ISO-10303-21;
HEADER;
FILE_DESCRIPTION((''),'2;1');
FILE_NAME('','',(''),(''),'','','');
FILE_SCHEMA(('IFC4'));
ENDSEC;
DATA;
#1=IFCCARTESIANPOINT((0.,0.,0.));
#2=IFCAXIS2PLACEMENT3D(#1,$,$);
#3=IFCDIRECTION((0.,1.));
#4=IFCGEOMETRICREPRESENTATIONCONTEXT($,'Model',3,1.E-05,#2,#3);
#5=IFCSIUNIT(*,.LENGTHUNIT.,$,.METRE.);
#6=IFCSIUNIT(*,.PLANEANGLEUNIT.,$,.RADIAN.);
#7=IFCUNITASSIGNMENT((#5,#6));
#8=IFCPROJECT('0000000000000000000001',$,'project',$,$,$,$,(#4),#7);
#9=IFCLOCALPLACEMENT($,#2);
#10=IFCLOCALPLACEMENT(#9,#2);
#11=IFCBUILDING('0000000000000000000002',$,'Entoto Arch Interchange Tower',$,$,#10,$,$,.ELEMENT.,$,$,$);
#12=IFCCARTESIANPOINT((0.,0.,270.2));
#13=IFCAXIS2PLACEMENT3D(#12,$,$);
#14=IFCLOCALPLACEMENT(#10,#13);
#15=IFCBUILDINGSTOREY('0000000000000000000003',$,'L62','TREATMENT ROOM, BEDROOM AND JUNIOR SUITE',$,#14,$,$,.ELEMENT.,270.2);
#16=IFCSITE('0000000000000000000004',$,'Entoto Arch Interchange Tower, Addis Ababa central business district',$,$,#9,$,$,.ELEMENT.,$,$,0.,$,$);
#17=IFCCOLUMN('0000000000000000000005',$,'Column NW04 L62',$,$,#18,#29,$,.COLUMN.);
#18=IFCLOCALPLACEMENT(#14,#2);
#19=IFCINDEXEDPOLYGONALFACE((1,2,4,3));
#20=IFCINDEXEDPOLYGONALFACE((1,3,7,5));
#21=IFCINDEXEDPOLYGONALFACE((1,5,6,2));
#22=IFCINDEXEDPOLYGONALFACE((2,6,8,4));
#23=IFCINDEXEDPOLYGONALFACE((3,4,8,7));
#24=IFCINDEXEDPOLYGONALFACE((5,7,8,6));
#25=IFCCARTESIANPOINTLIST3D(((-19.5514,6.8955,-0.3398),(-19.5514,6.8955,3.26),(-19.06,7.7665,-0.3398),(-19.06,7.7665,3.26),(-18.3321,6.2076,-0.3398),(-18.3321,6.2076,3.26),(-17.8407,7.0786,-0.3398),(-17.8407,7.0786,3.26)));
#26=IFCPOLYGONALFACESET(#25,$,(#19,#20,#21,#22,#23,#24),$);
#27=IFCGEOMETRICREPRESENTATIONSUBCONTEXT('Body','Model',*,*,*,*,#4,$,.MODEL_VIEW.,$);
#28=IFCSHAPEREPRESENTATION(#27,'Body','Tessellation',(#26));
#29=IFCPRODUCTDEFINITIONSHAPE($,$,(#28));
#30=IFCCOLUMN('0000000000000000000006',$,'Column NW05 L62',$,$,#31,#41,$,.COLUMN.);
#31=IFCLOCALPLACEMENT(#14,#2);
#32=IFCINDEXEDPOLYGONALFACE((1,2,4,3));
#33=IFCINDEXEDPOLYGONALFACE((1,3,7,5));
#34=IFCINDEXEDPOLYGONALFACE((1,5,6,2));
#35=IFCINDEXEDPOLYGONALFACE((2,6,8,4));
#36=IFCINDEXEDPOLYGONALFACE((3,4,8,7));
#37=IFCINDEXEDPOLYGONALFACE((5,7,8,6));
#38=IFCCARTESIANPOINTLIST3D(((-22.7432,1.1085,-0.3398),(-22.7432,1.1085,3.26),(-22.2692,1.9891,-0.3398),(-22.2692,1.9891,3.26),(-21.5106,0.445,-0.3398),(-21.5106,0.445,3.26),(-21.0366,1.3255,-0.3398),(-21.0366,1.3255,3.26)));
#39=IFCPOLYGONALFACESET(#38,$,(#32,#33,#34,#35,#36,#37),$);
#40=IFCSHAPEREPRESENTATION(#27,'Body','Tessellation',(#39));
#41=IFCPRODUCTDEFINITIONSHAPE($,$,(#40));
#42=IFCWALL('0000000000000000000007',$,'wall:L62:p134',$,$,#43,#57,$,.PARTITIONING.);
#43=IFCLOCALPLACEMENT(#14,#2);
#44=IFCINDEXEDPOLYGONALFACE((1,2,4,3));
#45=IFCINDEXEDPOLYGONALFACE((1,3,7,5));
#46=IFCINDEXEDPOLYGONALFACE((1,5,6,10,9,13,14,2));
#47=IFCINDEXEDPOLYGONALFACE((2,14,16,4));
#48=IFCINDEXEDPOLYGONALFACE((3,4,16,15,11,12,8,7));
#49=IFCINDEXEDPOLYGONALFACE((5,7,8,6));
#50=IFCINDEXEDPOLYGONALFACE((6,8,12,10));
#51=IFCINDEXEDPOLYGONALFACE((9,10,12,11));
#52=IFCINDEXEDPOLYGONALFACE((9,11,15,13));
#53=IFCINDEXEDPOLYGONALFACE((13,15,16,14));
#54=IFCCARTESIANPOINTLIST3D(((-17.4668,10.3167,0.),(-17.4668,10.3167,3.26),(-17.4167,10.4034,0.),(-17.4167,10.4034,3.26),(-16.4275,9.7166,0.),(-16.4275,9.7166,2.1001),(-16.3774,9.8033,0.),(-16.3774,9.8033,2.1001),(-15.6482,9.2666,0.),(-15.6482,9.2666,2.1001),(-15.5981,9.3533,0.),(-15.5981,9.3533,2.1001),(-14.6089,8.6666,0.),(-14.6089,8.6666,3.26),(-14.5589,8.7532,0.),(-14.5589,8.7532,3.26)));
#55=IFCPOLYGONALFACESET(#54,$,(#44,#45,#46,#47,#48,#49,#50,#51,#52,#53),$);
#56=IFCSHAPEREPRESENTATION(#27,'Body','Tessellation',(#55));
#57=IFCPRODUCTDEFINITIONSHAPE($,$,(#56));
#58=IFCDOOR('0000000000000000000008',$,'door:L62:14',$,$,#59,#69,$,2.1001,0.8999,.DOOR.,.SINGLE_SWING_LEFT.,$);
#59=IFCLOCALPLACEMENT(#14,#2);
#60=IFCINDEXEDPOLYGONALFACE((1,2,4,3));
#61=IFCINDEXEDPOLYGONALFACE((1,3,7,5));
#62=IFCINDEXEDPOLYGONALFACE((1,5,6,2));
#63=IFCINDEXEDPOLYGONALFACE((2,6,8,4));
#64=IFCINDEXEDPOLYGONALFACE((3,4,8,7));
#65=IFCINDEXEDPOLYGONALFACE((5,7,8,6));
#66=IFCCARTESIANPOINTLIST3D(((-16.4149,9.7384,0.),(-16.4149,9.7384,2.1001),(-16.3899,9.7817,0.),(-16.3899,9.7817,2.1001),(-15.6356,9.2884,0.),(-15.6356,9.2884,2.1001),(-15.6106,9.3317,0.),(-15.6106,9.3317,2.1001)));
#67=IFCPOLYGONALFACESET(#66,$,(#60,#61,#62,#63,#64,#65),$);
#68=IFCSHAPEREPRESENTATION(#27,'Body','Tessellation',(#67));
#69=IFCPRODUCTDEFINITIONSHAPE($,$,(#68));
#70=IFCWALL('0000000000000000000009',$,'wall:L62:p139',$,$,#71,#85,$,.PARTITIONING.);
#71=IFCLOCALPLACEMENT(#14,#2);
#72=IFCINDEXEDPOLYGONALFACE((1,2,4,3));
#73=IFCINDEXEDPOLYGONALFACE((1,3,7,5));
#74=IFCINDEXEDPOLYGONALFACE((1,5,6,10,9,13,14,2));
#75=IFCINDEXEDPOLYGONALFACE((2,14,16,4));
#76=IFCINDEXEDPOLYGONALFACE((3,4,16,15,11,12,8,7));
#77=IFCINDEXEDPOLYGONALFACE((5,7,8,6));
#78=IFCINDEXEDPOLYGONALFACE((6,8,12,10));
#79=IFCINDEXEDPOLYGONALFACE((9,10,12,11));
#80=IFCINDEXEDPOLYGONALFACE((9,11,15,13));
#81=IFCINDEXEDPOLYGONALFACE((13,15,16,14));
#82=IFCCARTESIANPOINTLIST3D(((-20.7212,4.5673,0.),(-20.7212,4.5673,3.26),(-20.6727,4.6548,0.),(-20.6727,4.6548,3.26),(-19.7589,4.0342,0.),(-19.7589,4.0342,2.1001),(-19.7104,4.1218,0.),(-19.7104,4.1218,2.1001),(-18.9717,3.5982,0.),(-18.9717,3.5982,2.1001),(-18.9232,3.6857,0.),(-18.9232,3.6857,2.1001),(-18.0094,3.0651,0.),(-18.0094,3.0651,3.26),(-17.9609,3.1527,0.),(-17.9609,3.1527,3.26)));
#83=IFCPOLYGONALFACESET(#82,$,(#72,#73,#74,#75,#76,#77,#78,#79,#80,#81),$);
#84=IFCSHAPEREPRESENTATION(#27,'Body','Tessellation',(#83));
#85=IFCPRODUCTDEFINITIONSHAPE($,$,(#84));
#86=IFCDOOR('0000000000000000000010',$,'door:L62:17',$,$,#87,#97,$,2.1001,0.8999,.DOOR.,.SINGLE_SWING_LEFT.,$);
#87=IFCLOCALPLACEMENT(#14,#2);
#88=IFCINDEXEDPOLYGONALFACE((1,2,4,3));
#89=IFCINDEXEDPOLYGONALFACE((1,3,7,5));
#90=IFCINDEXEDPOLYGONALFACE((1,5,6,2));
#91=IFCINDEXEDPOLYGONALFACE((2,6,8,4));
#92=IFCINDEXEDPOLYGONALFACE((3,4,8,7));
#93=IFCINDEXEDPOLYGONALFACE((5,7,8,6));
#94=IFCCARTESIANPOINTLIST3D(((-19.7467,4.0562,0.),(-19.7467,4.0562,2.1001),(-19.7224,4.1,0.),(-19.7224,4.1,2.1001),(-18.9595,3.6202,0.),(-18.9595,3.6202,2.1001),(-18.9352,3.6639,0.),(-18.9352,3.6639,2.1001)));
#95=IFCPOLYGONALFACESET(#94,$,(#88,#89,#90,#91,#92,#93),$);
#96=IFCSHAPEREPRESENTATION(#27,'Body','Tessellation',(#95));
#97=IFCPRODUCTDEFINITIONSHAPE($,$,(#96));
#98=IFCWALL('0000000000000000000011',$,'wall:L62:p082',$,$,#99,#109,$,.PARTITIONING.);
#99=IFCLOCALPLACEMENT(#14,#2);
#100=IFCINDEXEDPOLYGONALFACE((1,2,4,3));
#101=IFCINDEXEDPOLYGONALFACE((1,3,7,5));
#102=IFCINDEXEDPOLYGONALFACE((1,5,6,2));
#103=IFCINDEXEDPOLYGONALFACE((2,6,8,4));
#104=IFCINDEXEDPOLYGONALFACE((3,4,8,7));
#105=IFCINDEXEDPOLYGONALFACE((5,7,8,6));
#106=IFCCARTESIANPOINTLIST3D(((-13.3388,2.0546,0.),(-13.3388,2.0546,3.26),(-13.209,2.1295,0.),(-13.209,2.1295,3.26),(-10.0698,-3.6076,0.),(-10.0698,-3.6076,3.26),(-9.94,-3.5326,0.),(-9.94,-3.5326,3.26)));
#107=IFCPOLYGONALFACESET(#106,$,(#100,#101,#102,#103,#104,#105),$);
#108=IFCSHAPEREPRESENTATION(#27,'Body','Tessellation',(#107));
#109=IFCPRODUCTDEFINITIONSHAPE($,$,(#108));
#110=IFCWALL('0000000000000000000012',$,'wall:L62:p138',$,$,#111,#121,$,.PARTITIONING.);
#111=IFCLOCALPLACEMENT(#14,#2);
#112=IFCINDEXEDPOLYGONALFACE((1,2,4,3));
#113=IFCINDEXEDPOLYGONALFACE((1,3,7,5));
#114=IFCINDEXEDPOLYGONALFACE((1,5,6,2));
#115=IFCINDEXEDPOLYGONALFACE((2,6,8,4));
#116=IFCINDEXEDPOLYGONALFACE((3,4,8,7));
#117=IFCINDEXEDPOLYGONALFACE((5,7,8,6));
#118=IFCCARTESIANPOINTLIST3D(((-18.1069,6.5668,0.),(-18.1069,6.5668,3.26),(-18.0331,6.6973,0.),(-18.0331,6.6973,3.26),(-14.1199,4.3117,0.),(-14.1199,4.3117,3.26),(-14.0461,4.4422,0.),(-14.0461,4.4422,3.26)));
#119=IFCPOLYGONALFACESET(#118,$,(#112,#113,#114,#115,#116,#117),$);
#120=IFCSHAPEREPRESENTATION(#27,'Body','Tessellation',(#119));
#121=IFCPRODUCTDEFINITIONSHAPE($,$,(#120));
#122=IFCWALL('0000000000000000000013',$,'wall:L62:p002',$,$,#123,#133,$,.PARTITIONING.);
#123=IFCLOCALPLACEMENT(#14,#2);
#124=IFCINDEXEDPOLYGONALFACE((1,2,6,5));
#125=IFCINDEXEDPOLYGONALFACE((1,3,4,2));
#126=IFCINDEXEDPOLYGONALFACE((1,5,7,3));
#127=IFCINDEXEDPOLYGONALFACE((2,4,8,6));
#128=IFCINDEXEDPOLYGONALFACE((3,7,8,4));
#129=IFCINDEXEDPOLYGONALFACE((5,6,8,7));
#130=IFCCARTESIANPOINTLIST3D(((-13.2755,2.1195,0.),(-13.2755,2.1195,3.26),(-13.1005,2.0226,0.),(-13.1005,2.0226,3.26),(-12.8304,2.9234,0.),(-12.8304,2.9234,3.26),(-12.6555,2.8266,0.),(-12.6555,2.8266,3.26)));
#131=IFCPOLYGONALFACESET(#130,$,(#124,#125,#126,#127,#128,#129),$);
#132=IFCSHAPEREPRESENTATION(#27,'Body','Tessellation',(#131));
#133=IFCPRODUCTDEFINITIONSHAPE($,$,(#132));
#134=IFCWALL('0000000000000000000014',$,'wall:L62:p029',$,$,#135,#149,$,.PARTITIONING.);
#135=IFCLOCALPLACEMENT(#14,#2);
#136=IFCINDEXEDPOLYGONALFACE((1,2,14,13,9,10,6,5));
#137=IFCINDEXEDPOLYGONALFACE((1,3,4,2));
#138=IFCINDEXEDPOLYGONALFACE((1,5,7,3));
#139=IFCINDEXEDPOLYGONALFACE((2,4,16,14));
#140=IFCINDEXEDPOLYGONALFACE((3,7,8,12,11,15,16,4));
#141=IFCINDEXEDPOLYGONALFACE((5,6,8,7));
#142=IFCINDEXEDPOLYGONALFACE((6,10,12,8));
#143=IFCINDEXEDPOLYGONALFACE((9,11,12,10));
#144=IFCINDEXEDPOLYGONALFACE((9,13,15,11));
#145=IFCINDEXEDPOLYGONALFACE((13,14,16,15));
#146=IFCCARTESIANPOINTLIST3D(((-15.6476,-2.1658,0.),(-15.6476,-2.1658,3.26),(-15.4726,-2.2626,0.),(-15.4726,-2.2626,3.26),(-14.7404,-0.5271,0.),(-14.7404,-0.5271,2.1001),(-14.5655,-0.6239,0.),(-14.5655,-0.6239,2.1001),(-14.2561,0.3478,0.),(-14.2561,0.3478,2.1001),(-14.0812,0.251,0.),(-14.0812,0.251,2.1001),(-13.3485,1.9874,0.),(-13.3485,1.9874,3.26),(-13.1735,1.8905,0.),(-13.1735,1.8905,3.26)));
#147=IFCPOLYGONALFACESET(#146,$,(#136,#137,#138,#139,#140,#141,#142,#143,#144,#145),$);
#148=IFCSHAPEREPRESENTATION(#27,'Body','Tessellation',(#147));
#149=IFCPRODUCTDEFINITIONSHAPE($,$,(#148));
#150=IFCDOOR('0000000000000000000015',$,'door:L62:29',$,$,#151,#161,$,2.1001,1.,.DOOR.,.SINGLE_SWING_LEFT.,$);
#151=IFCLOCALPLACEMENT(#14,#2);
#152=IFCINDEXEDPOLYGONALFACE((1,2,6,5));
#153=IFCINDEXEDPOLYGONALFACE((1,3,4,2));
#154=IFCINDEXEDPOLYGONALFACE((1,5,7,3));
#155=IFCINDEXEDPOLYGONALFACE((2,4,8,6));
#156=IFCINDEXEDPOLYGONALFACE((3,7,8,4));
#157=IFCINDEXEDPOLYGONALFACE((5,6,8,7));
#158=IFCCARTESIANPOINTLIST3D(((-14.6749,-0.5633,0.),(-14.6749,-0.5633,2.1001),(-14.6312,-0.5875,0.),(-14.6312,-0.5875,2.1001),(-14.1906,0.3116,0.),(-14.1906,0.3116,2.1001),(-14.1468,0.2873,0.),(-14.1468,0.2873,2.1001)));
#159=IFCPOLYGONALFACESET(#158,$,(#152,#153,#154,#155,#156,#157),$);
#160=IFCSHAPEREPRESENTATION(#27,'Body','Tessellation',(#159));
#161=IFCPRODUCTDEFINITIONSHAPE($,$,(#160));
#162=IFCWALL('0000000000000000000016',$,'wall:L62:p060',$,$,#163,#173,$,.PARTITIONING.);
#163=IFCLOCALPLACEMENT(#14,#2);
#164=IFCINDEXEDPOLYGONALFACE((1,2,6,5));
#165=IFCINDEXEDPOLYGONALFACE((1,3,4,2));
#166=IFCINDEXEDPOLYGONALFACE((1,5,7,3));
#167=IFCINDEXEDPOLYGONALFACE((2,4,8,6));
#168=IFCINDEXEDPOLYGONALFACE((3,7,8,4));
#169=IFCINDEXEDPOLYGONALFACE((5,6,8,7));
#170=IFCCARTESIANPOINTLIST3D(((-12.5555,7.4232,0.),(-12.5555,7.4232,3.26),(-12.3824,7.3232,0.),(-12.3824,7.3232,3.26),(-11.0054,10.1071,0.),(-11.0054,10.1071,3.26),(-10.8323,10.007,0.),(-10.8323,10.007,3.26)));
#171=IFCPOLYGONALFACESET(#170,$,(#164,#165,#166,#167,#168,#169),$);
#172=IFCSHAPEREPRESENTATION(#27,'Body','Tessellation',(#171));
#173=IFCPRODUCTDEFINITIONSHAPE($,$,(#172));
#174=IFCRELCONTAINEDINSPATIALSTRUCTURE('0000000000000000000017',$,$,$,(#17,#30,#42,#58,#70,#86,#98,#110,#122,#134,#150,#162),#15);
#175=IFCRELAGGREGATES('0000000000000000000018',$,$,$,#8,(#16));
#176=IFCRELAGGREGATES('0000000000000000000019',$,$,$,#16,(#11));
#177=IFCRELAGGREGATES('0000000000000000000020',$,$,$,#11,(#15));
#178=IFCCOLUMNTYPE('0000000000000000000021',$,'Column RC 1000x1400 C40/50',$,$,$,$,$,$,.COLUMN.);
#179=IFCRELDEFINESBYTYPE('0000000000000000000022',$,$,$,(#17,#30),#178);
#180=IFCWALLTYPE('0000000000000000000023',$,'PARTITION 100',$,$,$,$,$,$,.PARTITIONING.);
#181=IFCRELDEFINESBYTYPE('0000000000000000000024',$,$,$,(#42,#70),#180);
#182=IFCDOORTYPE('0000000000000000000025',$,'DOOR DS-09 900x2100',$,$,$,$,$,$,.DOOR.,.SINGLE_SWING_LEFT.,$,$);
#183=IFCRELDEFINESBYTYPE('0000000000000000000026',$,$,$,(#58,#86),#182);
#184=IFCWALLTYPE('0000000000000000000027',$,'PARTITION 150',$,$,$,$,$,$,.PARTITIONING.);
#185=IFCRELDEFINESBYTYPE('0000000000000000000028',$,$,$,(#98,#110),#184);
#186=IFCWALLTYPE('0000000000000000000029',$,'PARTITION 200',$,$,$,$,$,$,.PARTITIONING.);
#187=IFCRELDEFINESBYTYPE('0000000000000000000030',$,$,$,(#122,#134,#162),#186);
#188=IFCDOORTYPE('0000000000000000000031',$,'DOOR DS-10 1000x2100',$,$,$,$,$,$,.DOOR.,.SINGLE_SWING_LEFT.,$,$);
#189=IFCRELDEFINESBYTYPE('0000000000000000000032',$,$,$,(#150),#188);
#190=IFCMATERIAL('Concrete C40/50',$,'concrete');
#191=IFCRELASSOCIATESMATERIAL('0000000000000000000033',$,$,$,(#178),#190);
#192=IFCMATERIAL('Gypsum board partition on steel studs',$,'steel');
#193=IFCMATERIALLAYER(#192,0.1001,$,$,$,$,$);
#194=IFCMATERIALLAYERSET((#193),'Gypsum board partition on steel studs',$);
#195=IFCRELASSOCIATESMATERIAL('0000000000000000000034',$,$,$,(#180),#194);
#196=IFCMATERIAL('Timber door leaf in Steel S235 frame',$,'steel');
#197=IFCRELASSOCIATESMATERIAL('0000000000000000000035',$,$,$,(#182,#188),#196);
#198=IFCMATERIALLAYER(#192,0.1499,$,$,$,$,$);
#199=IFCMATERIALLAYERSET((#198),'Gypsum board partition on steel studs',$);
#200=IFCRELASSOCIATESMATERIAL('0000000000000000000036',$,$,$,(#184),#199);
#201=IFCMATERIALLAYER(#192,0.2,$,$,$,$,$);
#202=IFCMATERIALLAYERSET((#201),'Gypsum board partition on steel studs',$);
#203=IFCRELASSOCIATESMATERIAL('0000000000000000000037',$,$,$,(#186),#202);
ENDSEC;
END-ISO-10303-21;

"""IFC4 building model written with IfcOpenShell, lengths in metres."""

from ifc_helpers import new_model, si_unit, direction, frame, frame_2d, origin, origin_2d, place, context, subcontext, project, spatial, rectangle, extrude, material, layer, layer_set, material_profile, profile_set, type_object, element, fill, save


model = new_model("IFC4")

# Units and contexts
model_context = context("Model", 3, precision=1e-05, world=origin(), true_north=direction((0.0, 1.0)))
body_context = subcontext(model_context, "Body", "Model", "MODEL_VIEW")
ifc_project = project(units=[si_unit("LENGTHUNIT", "METRE"), si_unit("PLANEANGLEUNIT", "RADIAN")], contexts=[model_context])

# Site, building, storey
site_placement = place(None, origin())
site = spatial("IfcSite", under=ifc_project, at=site_placement, Name="Entoto Arch Interchange Tower, Addis Ababa central business district", CompositionType="ELEMENT", RefElevation=0.0)
building_placement = place(site_placement, origin())
building = spatial("IfcBuilding", under=site, at=building_placement, Name="Entoto Arch Interchange Tower", CompositionType="ELEMENT")
storey_placement = place(building_placement, frame((0.0, 0.0, 270.2)))
storey = spatial("IfcBuildingStorey", under=building, at=storey_placement, Name="L62", Description="TREATMENT ROOM, BEDROOM AND JUNIOR SUITE", CompositionType="ELEMENT", Elevation=270.2)

# Columns
ifc_material_1 = material(Name="Concrete C40/50", Category="concrete")
ifc_material_profile = material_profile(ifc_material_1, rectangle(XDim=1.0, YDim=1.3999, at=origin_2d()))
ifc_profile_set = profile_set([ifc_material_profile], Name="Concrete C40/50")
column_type = type_object("IfcColumnType", Name="Column RC 1000x1400 C40/50", PredefinedType="COLUMN", material=ifc_profile_set)
for number, where, z_axis, x_axis, name in (
    (1, (-18.696, 6.9871, -0.3398), (0.0, 0.0, 1.0), (0.491375, 0.870948, 0.0), "Column NW04 L62"),
    (2, (-21.8899, 1.217, -0.3398), (0.0, 0.0, 1.0), (0.473981, 0.880535, 0.0), "Column NW05 L62"),
):
    element("IfcColumn", number, at=place(storey_placement, frame(where, z_axis=z_axis, x_axis=x_axis)), inside=storey, type_object=column_type, Name=name, PredefinedType="COLUMN", context=body_context, shape_type="SweptSolid", body=[
        extrude(rectangle(XDim=1.0, YDim=1.3999, at=origin_2d()), origin(), (0.0, 0.0, 1.0), 3.5999),
    ])

# Walls, openings, doors
ifc_material_2 = material(Name="Gypsum board partition on steel studs", Category="steel")
ifc_layer_1 = layer(ifc_material_2, 0.1001)
ifc_layer_set_1 = layer_set([ifc_layer_1], Name="Gypsum board partition on steel studs")
wall_type_1 = type_object("IfcWallType", Name="PARTITION 100", PredefinedType="PARTITIONING", material=ifc_layer_set_1)
wall_1_placement = place(storey_placement, frame((-14.584, 8.71, 0.0), z_axis=(0.0, 0.0, 1.0), x_axis=(-0.866008, 0.50003, 0.0)))
wall_1 = element("IfcWall", 3, at=wall_1_placement, inside=storey, type_object=wall_type_1, Name="wall:L62:p134", PredefinedType="PARTITIONING", context=body_context, shape_type="SweptSolid", body=[
    extrude(rectangle(XDim=3.3, YDim=0.1001, at=frame_2d((1.6499, 0.0))), origin(), (0.0, 0.0, 1.0), 3.26),
])
opening_1_placement = place(wall_1_placement, frame((1.2, 0.0, 0.0)))
opening_1 = element("IfcOpeningElement", 4, at=opening_1_placement, cuts=wall_1, PredefinedType="OPENING", context=body_context, shape_type="SweptSolid", body=[
    extrude(rectangle(XDim=0.8999, YDim=2.1001, at=frame_2d((0.45, 1.05))), frame((0.0, 0.0601, 0.0), z_axis=(0.0, -1.0, 0.0), x_axis=(1.0, 0.0, 0.0)), (0.0, 0.0, 1.0), 0.1201),
])
ifc_material_3 = material(Name="Timber door leaf in Steel S235 frame", Category="steel")
door_type_1 = type_object("IfcDoorType", Name="DOOR DS-09 900x2100", OperationType="SINGLE_SWING_LEFT", PredefinedType="DOOR", material=ifc_material_3)
door_1_placement = place(opening_1_placement, origin())
door_1 = element("IfcDoor", 5, at=door_1_placement, inside=storey, type_object=door_type_1, Name="door:L62:14", OperationType="SINGLE_SWING_LEFT", OverallHeight=2.1001, OverallWidth=0.8999, PredefinedType="DOOR", context=body_context, shape_type="SweptSolid", body=[
    extrude(rectangle(XDim=0.8999, YDim=2.1001, at=frame_2d((0.45, 1.05))), frame((0.0, 0.0249, 0.0), z_axis=(0.0, -1.0, 0.0), x_axis=(1.0, 0.0, 0.0)), (0.0, 0.0, 1.0), 0.05),
])
fill(opening_1, door_1)
wall_2_placement = place(storey_placement, frame((-17.9851, 3.1089, 0.0), z_axis=(0.0, 0.0, 1.0), x_axis=(-0.874762, 0.484553, 0.0)))
wall_2 = element("IfcWall", 6, at=wall_2_placement, inside=storey, type_object=wall_type_1, Name="wall:L62:p139", PredefinedType="PARTITIONING", context=body_context, shape_type="SweptSolid", body=[
    extrude(rectangle(XDim=3.1001, YDim=0.1001, at=frame_2d((1.55, 0.0))), origin(), (0.0, 0.0, 1.0), 3.26),
])
opening_2_placement = place(wall_2_placement, frame((1.1001, 0.0, 0.0)))
opening_2 = element("IfcOpeningElement", 7, at=opening_2_placement, cuts=wall_2, PredefinedType="OPENING", context=body_context, shape_type="SweptSolid", body=[
    extrude(rectangle(XDim=0.8999, YDim=2.1001, at=frame_2d((0.45, 1.05))), frame((0.0, 0.0601, 0.0), z_axis=(0.0, -1.0, 0.0), x_axis=(1.0, 0.0, 0.0)), (0.0, 0.0, 1.0), 0.1201),
])
door_2_placement = place(opening_2_placement, origin())
door_2 = element("IfcDoor", 8, at=door_2_placement, inside=storey, type_object=door_type_1, Name="door:L62:17", OperationType="SINGLE_SWING_LEFT", OverallHeight=2.1001, OverallWidth=0.8999, PredefinedType="DOOR", context=body_context, shape_type="SweptSolid", body=[
    extrude(rectangle(XDim=0.8999, YDim=2.1001, at=frame_2d((0.45, 1.05))), frame((0.0, 0.0249, 0.0), z_axis=(0.0, -1.0, 0.0), x_axis=(1.0, 0.0, 0.0)), (0.0, 0.0, 1.0), 0.05),
])
fill(opening_2, door_2)

# Walls
ifc_layer_2 = layer(ifc_material_2, 0.1499)
ifc_layer_set_2 = layer_set([ifc_layer_2], Name="Gypsum board partition on steel studs")
wall_type_2 = type_object("IfcWallType", Name="PARTITION 150", PredefinedType="PARTITIONING", material=ifc_layer_set_2)
wall_3_placement = place(storey_placement, frame((-13.2739, 2.092, 0.0), z_axis=(0.0, 0.0, 1.0), x_axis=(0.500003, -0.866024, 0.0)))
element("IfcWall", 9, at=wall_3_placement, inside=storey, type_object=wall_type_2, Name="wall:L62:p082", PredefinedType="PARTITIONING", context=body_context, shape_type="SweptSolid", body=[
    extrude(rectangle(XDim=6.5381, YDim=0.1499, at=frame_2d((3.269, 0.0))), origin(), (0.0, 0.0, 1.0), 3.26),
])
wall_4_placement = place(storey_placement, frame((-14.083, 4.377, 0.0), z_axis=(0.0, 0.0, 1.0), x_axis=(-0.870416, 0.492317, 0.0)))
element("IfcWall", 10, at=wall_4_placement, inside=storey, type_object=wall_type_2, Name="wall:L62:p138", PredefinedType="PARTITIONING", context=body_context, shape_type="SweptSolid", body=[
    extrude(rectangle(XDim=4.5806, YDim=0.1499, at=frame_2d((2.2903, 0.0))), origin(), (0.0, 0.0, 1.0), 3.26),
])
ifc_layer_3 = layer(ifc_material_2, 0.2)
ifc_layer_set_3 = layer_set([ifc_layer_3], Name="Gypsum board partition on steel studs")
wall_type_3 = type_object("IfcWallType", Name="PARTITION 200", PredefinedType="PARTITIONING", material=ifc_layer_set_3)
wall_5_placement = place(storey_placement, frame((-12.7429, 2.875, 0.0), z_axis=(0.0, 0.0, 1.0), x_axis=(-0.484334, -0.874883, 0.0)))
element("IfcWall", 11, at=wall_5_placement, inside=storey, type_object=wall_type_3, Name="wall:L62:p002", PredefinedType="PARTITIONING", context=body_context, shape_type="SweptSolid", body=[
    extrude(rectangle(XDim=0.9189, YDim=0.2, at=frame_2d((0.4595, 0.0))), origin(), (0.0, 0.0, 1.0), 3.26),
])

# Wall, opening, door
wall_6_placement = place(storey_placement, frame((-13.261, 1.939, 0.0), z_axis=(0.0, 0.0, 1.0), x_axis=(-0.484324, -0.874889, 0.0)))
wall_6 = element("IfcWall", 12, at=wall_6_placement, inside=storey, type_object=wall_type_3, Name="wall:L62:p029", PredefinedType="PARTITIONING", context=body_context, shape_type="SweptSolid", body=[
    extrude(rectangle(XDim=4.7471, YDim=0.2, at=frame_2d((2.3735, 0.0))), origin(), (0.0, 0.0, 1.0), 3.26),
])
opening_3_placement = place(wall_6_placement, frame((1.874, 0.0, 0.0)))
opening_3 = element("IfcOpeningElement", 13, at=opening_3_placement, cuts=wall_6, PredefinedType="OPENING", context=body_context, shape_type="SweptSolid", body=[
    extrude(rectangle(XDim=1.0, YDim=2.1001, at=frame_2d((0.5, 1.05))), frame((0.0, 0.1099, 0.0), z_axis=(0.0, -1.0, 0.0), x_axis=(1.0, 0.0, 0.0)), (0.0, 0.0, 1.0), 0.22),
])
door_type_2 = type_object("IfcDoorType", Name="DOOR DS-10 1000x2100", OperationType="SINGLE_SWING_LEFT", PredefinedType="DOOR", material=ifc_material_3)
door_3_placement = place(opening_3_placement, origin())
door_3 = element("IfcDoor", 14, at=door_3_placement, inside=storey, type_object=door_type_2, Name="door:L62:29", OperationType="SINGLE_SWING_LEFT", OverallHeight=2.1001, OverallWidth=1.0, PredefinedType="DOOR", context=body_context, shape_type="SweptSolid", body=[
    extrude(rectangle(XDim=1.0, YDim=2.1001, at=frame_2d((0.5, 1.05))), frame((0.0, 0.0249, 0.0), z_axis=(0.0, -1.0, 0.0), x_axis=(1.0, 0.0, 0.0)), (0.0, 0.0, 1.0), 0.05),
])
fill(opening_3, door_3)

# Wall
wall_7_placement = place(storey_placement, frame((-12.469, 7.373, 0.0), z_axis=(0.0, 0.0, 1.0), x_axis=(0.500129, 0.865951, 0.0)))
element("IfcWall", 15, at=wall_7_placement, inside=storey, type_object=wall_type_3, Name="wall:L62:p060", PredefinedType="PARTITIONING", context=body_context, shape_type="SweptSolid", body=[
    extrude(rectangle(XDim=3.0994, YDim=0.2, at=frame_2d((1.5498, 0.0))), origin(), (0.0, 0.0, 1.0), 3.26),
])

save(model, "model.ifc")
